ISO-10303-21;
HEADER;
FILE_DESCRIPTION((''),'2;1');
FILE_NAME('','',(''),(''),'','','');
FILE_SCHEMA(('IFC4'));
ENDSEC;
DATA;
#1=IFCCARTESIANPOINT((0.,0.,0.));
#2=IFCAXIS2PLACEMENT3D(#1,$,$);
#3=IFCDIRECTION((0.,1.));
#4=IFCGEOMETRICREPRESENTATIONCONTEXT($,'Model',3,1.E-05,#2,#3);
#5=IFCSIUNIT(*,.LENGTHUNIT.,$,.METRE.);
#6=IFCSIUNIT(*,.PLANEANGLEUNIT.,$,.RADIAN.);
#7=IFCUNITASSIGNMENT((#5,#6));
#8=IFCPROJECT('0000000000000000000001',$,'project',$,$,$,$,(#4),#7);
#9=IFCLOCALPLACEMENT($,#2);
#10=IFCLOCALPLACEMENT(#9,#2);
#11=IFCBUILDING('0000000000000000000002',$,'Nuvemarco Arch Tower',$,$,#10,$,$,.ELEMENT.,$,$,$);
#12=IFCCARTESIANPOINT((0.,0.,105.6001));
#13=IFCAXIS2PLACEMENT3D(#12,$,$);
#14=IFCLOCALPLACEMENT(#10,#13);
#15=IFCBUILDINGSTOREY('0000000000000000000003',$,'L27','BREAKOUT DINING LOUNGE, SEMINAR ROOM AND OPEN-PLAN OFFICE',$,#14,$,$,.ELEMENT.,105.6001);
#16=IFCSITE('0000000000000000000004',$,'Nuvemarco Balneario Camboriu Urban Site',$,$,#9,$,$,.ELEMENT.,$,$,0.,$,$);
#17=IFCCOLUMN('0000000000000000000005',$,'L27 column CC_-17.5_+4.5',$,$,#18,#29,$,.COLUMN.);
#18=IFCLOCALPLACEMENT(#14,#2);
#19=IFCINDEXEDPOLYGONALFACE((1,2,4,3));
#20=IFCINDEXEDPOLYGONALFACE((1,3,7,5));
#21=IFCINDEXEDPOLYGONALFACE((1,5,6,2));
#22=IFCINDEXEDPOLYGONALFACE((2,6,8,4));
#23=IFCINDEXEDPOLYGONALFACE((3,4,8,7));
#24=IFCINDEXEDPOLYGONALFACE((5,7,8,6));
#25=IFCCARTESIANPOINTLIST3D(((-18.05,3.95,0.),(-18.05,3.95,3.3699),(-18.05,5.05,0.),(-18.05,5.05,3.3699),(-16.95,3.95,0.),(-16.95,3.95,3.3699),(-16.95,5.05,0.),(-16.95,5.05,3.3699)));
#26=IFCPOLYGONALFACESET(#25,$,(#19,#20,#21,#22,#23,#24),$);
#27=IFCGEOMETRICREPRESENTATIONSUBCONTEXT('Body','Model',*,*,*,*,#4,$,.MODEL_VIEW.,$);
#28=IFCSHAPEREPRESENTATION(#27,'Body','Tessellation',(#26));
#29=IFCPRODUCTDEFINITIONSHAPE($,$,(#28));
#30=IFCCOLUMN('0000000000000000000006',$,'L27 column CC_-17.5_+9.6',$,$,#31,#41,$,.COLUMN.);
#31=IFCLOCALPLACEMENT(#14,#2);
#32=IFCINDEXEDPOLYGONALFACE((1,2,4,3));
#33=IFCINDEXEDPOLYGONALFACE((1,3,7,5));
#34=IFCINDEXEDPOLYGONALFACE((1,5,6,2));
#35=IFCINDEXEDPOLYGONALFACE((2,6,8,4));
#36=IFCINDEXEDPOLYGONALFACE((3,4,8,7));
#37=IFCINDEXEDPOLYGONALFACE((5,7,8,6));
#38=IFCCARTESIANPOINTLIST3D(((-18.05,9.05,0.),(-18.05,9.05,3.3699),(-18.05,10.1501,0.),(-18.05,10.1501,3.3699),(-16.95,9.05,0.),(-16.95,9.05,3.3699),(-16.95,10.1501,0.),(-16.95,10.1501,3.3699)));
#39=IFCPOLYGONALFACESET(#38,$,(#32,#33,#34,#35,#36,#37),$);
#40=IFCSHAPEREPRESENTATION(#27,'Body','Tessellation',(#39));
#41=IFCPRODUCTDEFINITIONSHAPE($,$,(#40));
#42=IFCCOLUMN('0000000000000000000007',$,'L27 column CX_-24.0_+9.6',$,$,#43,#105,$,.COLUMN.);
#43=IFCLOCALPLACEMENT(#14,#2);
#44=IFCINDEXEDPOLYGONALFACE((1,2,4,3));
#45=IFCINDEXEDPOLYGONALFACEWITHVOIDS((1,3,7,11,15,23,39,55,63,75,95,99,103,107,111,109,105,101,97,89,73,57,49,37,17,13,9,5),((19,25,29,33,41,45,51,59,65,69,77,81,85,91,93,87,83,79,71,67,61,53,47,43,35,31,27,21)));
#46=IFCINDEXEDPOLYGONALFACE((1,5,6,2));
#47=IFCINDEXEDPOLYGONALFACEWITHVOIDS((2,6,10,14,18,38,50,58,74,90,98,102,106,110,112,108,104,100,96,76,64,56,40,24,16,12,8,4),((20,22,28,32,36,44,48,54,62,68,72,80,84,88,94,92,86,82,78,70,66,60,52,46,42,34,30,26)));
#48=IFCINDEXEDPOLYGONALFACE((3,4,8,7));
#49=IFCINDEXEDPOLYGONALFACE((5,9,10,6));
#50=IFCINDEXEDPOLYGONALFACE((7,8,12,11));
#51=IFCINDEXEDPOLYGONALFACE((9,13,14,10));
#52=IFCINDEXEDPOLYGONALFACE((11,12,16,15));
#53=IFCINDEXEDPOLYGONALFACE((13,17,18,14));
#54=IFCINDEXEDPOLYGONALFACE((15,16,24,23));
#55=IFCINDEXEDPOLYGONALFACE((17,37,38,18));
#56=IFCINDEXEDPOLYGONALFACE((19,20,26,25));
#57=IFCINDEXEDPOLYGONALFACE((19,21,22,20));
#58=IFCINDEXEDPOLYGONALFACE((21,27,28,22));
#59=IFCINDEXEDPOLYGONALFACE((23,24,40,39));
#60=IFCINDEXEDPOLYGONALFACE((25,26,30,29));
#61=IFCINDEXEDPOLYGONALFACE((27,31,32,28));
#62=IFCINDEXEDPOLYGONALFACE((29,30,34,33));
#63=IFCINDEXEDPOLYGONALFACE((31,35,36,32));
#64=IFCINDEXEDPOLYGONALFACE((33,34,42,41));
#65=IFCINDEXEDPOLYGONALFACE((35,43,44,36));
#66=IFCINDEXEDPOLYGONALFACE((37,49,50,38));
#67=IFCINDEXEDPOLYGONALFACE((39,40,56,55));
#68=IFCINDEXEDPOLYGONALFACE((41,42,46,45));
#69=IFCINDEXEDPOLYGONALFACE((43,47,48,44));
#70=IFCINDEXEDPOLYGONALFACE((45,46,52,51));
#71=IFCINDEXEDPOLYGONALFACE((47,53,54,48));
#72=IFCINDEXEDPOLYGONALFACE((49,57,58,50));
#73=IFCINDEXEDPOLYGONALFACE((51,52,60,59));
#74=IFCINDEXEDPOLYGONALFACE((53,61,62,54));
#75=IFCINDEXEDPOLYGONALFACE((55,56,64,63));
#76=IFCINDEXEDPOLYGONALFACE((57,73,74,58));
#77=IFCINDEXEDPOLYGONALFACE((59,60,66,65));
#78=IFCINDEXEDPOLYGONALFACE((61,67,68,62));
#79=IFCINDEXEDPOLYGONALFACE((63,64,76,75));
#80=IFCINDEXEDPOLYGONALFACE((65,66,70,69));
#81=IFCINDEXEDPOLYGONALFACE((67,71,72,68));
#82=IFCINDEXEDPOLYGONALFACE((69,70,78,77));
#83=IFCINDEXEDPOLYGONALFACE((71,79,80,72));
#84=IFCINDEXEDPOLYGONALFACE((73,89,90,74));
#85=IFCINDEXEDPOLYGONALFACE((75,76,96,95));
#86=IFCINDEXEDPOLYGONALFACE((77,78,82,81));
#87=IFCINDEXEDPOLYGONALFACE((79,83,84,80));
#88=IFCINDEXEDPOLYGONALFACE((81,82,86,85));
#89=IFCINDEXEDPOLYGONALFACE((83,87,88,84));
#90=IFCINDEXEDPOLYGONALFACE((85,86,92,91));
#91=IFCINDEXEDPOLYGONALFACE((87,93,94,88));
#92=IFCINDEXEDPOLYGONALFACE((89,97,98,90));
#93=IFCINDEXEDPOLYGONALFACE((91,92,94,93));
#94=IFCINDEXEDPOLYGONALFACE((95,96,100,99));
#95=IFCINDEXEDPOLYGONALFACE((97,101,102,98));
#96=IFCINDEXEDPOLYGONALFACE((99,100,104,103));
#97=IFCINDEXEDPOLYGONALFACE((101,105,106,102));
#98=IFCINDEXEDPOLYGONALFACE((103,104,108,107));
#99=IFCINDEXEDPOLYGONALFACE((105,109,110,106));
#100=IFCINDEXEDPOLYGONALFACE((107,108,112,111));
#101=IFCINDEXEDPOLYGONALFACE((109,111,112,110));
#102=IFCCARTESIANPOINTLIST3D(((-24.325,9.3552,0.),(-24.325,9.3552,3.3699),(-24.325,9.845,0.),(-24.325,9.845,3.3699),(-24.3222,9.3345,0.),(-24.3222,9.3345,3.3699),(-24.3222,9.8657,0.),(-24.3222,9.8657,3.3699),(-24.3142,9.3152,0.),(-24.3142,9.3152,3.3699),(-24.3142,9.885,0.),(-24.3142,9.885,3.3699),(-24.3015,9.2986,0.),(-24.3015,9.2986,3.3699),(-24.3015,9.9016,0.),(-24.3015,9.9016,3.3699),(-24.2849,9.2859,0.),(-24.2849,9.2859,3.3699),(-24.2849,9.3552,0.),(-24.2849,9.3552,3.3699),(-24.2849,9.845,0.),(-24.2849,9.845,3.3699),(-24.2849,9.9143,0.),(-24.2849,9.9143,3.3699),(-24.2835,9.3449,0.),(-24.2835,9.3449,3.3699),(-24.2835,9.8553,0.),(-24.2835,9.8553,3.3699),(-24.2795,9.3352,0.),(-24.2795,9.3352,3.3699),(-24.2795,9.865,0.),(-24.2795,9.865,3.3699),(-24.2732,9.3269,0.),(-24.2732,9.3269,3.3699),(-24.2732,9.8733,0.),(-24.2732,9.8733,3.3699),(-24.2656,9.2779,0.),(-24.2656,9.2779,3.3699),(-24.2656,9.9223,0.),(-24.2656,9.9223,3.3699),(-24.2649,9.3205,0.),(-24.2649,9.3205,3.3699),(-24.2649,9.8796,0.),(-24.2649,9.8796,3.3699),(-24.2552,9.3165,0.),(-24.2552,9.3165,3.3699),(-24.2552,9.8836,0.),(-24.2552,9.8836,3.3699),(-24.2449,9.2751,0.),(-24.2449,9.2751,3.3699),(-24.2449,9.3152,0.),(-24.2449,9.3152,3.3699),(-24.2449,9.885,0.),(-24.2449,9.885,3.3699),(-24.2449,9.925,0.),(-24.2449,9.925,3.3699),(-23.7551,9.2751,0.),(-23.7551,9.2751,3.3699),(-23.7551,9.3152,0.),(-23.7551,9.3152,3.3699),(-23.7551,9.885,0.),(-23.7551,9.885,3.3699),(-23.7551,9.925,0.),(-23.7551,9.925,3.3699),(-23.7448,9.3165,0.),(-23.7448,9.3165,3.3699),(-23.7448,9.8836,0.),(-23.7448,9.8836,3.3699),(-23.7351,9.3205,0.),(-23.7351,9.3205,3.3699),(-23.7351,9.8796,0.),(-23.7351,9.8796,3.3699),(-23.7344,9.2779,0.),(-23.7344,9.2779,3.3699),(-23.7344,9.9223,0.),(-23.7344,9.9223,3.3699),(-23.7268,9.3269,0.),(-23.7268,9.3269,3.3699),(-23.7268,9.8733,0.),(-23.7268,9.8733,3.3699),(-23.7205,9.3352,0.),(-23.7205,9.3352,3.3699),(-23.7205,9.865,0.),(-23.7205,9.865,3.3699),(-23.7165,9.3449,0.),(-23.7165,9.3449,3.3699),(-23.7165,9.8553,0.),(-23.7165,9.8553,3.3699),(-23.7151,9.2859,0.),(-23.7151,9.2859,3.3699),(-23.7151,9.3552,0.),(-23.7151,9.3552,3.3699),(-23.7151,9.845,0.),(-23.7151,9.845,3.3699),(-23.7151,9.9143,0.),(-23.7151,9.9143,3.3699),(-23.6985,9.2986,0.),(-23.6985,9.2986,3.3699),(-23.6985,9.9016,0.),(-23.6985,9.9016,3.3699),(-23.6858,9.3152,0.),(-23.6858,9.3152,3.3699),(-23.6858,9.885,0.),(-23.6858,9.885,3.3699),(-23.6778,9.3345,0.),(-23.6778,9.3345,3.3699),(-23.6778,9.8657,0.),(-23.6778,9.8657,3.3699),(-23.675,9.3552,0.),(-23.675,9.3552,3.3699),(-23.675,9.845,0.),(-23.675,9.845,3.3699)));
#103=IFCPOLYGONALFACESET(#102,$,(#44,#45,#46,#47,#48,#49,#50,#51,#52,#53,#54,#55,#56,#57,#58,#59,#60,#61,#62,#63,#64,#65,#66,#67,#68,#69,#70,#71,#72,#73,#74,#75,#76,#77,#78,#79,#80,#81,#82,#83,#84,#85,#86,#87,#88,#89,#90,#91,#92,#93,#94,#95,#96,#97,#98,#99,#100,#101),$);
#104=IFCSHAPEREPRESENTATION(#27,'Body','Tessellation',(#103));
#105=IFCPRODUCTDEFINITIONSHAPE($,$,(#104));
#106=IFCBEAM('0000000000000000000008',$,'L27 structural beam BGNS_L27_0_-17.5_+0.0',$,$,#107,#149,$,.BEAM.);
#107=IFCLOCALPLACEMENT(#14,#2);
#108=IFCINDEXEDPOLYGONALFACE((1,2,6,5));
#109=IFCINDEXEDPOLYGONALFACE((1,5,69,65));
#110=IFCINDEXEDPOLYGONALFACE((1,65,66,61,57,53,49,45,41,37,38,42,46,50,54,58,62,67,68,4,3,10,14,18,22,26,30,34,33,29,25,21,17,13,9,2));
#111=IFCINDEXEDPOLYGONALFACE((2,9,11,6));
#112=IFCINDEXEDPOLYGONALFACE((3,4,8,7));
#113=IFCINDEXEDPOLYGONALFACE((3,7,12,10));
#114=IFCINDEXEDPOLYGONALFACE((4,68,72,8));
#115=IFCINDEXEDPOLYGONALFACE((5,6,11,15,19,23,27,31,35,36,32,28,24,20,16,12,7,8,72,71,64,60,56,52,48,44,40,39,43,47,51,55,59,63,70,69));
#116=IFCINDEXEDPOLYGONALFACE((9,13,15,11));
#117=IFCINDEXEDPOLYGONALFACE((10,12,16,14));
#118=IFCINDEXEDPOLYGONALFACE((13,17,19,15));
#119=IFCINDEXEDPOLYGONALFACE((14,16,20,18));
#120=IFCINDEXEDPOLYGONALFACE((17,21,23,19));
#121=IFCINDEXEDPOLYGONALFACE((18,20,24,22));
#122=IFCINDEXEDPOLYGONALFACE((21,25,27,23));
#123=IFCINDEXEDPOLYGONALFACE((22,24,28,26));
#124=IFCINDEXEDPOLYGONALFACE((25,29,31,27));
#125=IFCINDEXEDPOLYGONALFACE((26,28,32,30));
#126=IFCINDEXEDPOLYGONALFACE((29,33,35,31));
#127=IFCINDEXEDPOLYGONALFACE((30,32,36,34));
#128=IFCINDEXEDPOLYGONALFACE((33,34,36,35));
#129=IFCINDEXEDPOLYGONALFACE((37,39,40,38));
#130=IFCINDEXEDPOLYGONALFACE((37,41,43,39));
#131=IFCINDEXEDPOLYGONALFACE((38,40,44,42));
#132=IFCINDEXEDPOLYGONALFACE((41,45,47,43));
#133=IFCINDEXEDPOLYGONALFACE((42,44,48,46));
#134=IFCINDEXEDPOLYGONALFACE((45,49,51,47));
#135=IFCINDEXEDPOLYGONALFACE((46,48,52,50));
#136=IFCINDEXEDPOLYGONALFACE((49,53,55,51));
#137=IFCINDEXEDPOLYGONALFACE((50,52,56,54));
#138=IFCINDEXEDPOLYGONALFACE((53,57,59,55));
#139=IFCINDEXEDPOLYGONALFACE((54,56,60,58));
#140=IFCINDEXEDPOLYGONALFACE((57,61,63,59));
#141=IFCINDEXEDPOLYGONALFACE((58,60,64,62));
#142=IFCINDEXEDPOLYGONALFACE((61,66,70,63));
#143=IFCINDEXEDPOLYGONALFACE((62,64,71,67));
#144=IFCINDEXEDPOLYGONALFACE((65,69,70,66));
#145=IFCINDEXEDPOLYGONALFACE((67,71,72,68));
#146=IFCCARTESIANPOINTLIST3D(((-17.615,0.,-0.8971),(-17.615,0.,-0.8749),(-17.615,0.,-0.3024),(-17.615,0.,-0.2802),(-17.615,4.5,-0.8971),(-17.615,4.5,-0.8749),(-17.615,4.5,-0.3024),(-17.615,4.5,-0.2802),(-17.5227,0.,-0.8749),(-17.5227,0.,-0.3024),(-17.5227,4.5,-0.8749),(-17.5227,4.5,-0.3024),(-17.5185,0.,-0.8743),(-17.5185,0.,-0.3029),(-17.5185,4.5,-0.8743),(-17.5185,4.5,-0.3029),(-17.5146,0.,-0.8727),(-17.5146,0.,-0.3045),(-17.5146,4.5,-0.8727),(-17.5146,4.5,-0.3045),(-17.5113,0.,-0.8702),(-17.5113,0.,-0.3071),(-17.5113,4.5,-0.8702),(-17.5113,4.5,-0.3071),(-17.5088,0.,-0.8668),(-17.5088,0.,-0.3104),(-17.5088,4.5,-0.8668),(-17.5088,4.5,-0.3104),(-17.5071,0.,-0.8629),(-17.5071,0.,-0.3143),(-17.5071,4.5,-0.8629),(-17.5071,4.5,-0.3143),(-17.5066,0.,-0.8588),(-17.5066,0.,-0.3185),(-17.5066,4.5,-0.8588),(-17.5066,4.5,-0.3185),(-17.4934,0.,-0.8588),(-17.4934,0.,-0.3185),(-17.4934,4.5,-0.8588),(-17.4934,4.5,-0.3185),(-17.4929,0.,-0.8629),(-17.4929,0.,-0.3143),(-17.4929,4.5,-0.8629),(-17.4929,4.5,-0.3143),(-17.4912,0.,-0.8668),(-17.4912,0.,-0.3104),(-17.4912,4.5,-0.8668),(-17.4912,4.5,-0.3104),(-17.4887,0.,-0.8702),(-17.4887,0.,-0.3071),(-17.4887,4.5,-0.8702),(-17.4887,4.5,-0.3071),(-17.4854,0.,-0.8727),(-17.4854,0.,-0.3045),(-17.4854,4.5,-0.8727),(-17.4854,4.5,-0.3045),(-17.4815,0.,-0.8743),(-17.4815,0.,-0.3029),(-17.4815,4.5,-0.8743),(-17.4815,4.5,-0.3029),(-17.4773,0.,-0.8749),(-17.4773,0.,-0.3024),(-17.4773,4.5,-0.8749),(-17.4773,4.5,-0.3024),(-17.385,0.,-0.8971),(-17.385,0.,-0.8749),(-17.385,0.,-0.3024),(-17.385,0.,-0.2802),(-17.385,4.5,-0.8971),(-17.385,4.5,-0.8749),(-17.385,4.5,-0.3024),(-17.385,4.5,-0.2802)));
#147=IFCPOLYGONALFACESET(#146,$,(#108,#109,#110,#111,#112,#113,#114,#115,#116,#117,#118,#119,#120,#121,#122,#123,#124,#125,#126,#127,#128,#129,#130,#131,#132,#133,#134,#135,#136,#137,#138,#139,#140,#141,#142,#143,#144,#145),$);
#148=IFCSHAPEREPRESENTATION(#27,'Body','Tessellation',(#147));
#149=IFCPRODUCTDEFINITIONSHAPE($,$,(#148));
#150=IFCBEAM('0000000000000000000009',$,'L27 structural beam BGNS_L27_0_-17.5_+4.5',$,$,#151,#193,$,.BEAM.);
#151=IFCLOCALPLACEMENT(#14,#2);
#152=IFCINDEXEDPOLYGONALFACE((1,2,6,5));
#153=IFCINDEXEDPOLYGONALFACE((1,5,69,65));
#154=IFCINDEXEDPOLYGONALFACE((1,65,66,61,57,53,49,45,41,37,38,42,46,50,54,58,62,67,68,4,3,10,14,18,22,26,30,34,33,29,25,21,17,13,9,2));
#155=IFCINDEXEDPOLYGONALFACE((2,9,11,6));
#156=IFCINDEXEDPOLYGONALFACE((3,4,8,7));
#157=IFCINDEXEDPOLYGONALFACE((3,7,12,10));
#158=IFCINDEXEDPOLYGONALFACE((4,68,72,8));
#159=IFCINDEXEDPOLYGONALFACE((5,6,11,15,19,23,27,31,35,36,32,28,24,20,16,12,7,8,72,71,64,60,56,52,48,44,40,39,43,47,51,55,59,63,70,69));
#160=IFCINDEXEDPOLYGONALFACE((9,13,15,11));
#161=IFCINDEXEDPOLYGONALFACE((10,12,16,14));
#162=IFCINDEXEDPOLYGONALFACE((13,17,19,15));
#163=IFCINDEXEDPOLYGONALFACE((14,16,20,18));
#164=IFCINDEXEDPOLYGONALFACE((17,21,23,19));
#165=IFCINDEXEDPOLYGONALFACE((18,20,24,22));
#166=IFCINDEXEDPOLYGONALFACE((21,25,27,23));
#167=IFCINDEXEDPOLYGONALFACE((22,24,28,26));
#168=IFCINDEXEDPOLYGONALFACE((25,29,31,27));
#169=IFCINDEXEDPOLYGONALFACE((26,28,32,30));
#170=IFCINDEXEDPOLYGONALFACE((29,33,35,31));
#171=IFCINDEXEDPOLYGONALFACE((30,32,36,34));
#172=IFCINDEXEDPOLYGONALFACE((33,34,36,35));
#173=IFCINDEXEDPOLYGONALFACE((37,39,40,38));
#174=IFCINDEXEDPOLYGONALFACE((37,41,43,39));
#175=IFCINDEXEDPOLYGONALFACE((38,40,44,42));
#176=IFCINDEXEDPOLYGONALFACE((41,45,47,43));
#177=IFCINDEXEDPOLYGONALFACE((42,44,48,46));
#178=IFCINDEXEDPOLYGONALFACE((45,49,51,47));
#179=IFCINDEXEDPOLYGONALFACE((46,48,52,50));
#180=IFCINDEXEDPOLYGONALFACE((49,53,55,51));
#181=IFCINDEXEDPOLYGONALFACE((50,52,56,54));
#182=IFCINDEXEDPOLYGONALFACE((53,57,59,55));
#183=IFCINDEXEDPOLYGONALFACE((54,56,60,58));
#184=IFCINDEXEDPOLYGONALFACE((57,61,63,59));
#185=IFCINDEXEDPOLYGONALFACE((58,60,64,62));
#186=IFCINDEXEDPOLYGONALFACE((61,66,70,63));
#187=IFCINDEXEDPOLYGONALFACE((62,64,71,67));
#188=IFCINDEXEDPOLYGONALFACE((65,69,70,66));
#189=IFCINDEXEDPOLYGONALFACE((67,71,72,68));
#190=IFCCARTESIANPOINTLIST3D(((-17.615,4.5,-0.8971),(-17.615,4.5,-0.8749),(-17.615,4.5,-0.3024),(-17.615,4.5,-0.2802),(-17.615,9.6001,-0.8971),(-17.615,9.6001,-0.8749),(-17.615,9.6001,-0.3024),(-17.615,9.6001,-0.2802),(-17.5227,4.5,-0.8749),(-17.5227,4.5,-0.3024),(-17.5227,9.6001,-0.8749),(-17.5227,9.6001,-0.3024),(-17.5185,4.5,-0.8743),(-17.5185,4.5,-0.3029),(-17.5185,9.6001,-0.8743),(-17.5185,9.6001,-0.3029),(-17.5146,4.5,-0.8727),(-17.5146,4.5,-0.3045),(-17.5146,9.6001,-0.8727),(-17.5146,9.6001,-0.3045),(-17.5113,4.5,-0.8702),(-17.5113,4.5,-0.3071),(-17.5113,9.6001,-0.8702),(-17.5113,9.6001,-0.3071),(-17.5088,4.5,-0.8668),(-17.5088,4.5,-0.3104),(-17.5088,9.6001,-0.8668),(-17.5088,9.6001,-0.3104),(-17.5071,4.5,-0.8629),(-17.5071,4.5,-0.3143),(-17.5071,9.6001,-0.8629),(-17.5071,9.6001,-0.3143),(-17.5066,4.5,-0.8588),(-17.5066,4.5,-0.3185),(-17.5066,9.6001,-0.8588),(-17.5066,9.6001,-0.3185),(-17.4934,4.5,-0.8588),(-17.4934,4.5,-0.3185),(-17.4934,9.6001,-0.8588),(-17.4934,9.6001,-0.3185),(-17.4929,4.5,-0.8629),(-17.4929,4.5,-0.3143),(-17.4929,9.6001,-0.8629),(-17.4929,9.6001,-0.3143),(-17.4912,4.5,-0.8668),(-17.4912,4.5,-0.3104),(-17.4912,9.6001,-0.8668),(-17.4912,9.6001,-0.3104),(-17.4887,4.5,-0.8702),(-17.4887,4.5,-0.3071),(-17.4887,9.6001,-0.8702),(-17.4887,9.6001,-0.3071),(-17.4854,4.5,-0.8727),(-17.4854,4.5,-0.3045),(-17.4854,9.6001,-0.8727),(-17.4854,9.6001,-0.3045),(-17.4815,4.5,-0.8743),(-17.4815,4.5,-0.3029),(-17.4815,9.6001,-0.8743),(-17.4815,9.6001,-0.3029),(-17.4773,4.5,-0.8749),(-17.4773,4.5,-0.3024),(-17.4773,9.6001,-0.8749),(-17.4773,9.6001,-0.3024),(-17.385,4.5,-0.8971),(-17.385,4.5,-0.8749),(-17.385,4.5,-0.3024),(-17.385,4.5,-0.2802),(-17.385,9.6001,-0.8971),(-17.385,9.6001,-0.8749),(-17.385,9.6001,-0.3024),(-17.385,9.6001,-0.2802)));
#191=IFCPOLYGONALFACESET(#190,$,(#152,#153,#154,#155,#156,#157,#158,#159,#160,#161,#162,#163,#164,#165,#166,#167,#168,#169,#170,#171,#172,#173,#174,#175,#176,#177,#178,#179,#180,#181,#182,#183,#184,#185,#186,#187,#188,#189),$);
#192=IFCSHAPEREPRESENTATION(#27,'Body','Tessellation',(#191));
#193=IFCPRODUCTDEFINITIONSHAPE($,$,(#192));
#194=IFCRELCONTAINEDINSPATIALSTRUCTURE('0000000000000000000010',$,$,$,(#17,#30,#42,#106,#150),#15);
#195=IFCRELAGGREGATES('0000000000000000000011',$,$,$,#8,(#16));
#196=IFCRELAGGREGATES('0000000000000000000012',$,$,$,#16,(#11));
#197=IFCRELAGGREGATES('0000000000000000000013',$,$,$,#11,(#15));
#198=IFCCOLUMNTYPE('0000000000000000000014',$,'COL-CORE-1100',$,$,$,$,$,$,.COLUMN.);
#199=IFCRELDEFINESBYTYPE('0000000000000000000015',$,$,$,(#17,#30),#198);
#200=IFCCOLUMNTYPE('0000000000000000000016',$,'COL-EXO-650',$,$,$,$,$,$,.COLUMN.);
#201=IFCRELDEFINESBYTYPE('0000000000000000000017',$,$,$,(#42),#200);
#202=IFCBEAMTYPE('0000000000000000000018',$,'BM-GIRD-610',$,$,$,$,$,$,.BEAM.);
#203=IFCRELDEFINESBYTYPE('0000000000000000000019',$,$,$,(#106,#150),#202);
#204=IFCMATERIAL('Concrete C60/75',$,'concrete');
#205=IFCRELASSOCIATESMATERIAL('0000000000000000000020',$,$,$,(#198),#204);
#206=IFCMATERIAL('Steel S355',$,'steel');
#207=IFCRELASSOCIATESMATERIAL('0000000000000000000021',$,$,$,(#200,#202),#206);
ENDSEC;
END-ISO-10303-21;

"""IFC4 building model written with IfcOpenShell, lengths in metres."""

from ifc_helpers import new_model, si_unit, direction, frame, origin, origin_2d, place, context, subcontext, project, spatial, rectangle, hollow_rectangle, i_section, extrude, material, material_profile, profile_set, type_object, element, save


model = new_model("IFC4")

# Units and contexts
model_context = context("Model", 3, precision=1e-05, world=origin(), true_north=direction((0.0, 1.0)))
body_context = subcontext(model_context, "Body", "Model", "MODEL_VIEW")
ifc_project = project(units=[si_unit("LENGTHUNIT", "METRE"), si_unit("PLANEANGLEUNIT", "RADIAN")], contexts=[model_context])

# Site, building, storey
site_placement = place(None, origin())
site = spatial("IfcSite", under=ifc_project, at=site_placement, Name="Nuvemarco Balneario Camboriu Urban Site", CompositionType="ELEMENT", RefElevation=0.0)
building_placement = place(site_placement, origin())
building = spatial("IfcBuilding", under=site, at=building_placement, Name="Nuvemarco Arch Tower", CompositionType="ELEMENT")
storey_placement = place(building_placement, frame((0.0, 0.0, 105.6001)))
storey = spatial("IfcBuildingStorey", under=building, at=storey_placement, Name="L27", Description="BREAKOUT DINING LOUNGE, SEMINAR ROOM AND OPEN-PLAN OFFICE", CompositionType="ELEMENT", Elevation=105.6001)

# Columns
ifc_material_1 = material(Name="Concrete C60/75", Category="concrete")
ifc_material_profile_1 = material_profile(ifc_material_1, rectangle(XDim=1.1001, YDim=1.1001, at=origin_2d()), Name="RC-COL-1100x1100")
ifc_profile_set_1 = profile_set([ifc_material_profile_1], Name="Concrete C60/75")
column_type_1 = type_object("IfcColumnType", Name="COL-CORE-1100", PredefinedType="COLUMN", material=ifc_profile_set_1)
for number, where, z_axis, x_axis, name in (
    (1, (-17.5, 4.5, 0.0), (0.0, 0.0, 1.0), (1.0, 0.0, 0.0), "L27 column CC_-17.5_+4.5"),
    (2, (-17.5, 9.6001, 0.0), (0.0, 0.0, 1.0), (1.0, 0.0, 0.0), "L27 column CC_-17.5_+9.6"),
):
    element("IfcColumn", number, at=place(storey_placement, frame(where, z_axis=z_axis, x_axis=x_axis)), inside=storey, type_object=column_type_1, Name=name, PredefinedType="COLUMN", context=body_context, shape_type="SweptSolid", body=[
        extrude(rectangle(XDim=1.1001, YDim=1.1001, at=origin_2d()), origin(), (0.0, 0.0, 1.0), 3.3699),
    ])
ifc_material_2 = material(Name="Steel S355", Category="steel")
ifc_material_profile_2 = material_profile(ifc_material_2, hollow_rectangle(XDim=0.6499, YDim=0.6499, WallThickness=0.04, InnerFilletRadius=0.04, OuterFilletRadius=0.0801, at=origin_2d()), Name="SHS650x650x40")
ifc_profile_set_2 = profile_set([ifc_material_profile_2], Name="Steel S355")
column_type_2 = type_object("IfcColumnType", Name="COL-EXO-650", PredefinedType="COLUMN", material=ifc_profile_set_2)
column_placement = place(storey_placement, frame((-24.0, 9.6001, 0.0), z_axis=(0.0, 0.0, 1.0), x_axis=(1.0, 0.0, 0.0)))
element("IfcColumn", 3, at=column_placement, inside=storey, type_object=column_type_2, Name="L27 column CX_-24.0_+9.6", PredefinedType="COLUMN", context=body_context, shape_type="SweptSolid", body=[
    extrude(hollow_rectangle(XDim=0.6499, YDim=0.6499, WallThickness=0.04, InnerFilletRadius=0.04, OuterFilletRadius=0.0801, at=origin_2d()), origin(), (0.0, 0.0, 1.0), 3.3699),
])

# Beams
ifc_material_profile_3 = material_profile(ifc_material_2, i_section(OverallWidth=0.23, OverallDepth=0.6169, WebThickness=0.0132, FlangeThickness=0.0222, FilletRadius=0.0161, at=origin_2d()), Name="W610x140")
ifc_profile_set_3 = profile_set([ifc_material_profile_3], Name="Steel S355")
beam_type_1 = type_object("IfcBeamType", Name="BM-GIRD-610", PredefinedType="BEAM", material=ifc_profile_set_3)
beam_1_placement = place(storey_placement, frame((-17.5, 0.0, -0.5886), z_axis=(0.0, 1.0, 0.0), x_axis=(-1.0, 0.0, 0.0)))
element("IfcBeam", 4, at=beam_1_placement, inside=storey, type_object=beam_type_1, Name="L27 structural beam BGNS_L27_0_-17.5_+0.0", PredefinedType="BEAM", context=body_context, shape_type="SweptSolid", body=[
    extrude(i_section(OverallWidth=0.23, OverallDepth=0.6169, WebThickness=0.0132, FlangeThickness=0.0222, FilletRadius=0.0161, at=origin_2d()), origin(), (0.0, 0.0, 1.0), 4.5),
])
beam_2_placement = place(storey_placement, frame((-17.5, 4.5, -0.5886), z_axis=(0.0, 1.0, 0.0), x_axis=(-1.0, 0.0, 0.0)))
element("IfcBeam", 5, at=beam_2_placement, inside=storey, type_object=beam_type_1, Name="L27 structural beam BGNS_L27_0_-17.5_+4.5", PredefinedType="BEAM", context=body_context, shape_type="SweptSolid", body=[
    extrude(i_section(OverallWidth=0.23, OverallDepth=0.6169, WebThickness=0.0132, FlangeThickness=0.0222, FilletRadius=0.0161, at=origin_2d()), origin(), (0.0, 0.0, 1.0), 5.1001),
])

save(model, "model.ifc")
